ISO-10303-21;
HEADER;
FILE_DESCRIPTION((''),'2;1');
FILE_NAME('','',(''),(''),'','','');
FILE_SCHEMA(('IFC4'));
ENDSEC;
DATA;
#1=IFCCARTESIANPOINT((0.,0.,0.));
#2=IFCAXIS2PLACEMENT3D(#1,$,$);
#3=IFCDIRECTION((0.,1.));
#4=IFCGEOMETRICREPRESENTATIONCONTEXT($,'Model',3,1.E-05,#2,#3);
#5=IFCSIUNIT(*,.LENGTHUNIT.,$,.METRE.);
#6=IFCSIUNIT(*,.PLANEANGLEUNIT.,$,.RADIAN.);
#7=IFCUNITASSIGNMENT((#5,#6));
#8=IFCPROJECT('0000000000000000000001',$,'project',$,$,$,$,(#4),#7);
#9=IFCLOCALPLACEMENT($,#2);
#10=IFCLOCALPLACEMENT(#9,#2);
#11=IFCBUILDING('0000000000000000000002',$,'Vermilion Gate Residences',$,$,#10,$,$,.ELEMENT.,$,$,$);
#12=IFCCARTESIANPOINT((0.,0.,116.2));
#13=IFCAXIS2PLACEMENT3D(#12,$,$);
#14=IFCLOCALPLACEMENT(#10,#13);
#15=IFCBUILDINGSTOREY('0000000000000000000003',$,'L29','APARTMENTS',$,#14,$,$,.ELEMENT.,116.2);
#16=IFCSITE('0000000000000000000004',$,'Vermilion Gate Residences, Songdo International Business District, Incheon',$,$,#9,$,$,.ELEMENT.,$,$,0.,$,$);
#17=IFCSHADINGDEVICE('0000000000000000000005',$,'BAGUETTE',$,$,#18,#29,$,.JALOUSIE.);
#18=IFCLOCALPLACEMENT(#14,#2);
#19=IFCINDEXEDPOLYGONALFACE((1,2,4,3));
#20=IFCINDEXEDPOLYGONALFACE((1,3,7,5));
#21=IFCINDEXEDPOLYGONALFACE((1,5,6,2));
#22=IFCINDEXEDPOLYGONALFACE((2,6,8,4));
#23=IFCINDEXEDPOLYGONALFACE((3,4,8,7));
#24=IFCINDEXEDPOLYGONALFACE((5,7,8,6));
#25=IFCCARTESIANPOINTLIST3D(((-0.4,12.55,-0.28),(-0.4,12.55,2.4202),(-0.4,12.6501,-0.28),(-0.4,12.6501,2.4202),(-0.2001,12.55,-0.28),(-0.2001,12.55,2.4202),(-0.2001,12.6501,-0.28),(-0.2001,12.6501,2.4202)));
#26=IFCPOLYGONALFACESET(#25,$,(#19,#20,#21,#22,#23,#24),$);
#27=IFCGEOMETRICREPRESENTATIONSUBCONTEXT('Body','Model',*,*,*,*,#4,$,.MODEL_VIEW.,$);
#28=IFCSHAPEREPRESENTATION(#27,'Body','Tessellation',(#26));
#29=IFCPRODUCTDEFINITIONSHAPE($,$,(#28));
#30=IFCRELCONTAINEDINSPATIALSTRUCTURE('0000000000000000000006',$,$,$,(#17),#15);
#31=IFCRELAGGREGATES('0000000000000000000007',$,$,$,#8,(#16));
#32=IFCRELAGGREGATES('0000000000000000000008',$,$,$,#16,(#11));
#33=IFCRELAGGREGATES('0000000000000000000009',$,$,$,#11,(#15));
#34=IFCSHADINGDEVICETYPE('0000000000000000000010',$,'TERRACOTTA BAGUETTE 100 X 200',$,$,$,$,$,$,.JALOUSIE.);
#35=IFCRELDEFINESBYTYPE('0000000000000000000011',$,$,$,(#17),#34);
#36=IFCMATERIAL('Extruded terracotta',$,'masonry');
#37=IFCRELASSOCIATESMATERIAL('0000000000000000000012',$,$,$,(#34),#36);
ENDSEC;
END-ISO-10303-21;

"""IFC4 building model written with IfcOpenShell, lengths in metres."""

from ifc_helpers import new_model, si_unit, direction, frame, origin, origin_2d, place, context, subcontext, project, spatial, rectangle, extrude, material, material_profile, profile_set, type_object, element, save


model = new_model("IFC4")

# Units and contexts
model_context = context("Model", 3, precision=1e-05, world=origin(), true_north=direction((0.0, 1.0)))
body_context = subcontext(model_context, "Body", "Model", "MODEL_VIEW")
ifc_project = project(units=[si_unit("LENGTHUNIT", "METRE"), si_unit("PLANEANGLEUNIT", "RADIAN")], contexts=[model_context])

# Site, building, storey
site_placement = place(None, origin())
site = spatial("IfcSite", under=ifc_project, at=site_placement, Name="Vermilion Gate Residences, Songdo International Business District, Incheon", CompositionType="ELEMENT", RefElevation=0.0)
building_placement = place(site_placement, origin())
building = spatial("IfcBuilding", under=site, at=building_placement, Name="Vermilion Gate Residences", CompositionType="ELEMENT")
storey_placement = place(building_placement, frame((0.0, 0.0, 116.2)))
storey = spatial("IfcBuildingStorey", under=building, at=storey_placement, Name="L29", Description="APARTMENTS", CompositionType="ELEMENT", Elevation=116.2)

# Shading device
ifc_material_1 = material(Name="Extruded terracotta", Category="masonry")
ifc_material_profile_1 = material_profile(ifc_material_1, rectangle(XDim=0.2, YDim=0.1001, at=origin_2d()), Name="BAGUETTE 100 X 200")
ifc_profile_set_1 = profile_set([ifc_material_profile_1], Name="Extruded terracotta")
shading_device_type_1 = type_object("IfcShadingDeviceType", Name="TERRACOTTA BAGUETTE 100 X 200", PredefinedType="JALOUSIE", material=ifc_profile_set_1)
shading_device_1_placement = place(storey_placement, frame((-0.3, 12.6001, -0.28), z_axis=(0.0, 0.0, 1.0), x_axis=(1.0, 0.0, 0.0)))
element("IfcShadingDevice", 1, at=shading_device_1_placement, inside=storey, type_object=shading_device_type_1, Name="BAGUETTE", PredefinedType="JALOUSIE", context=body_context, shape_type="SweptSolid", body=[
    extrude(rectangle(XDim=0.2, YDim=0.1001, at=origin_2d()), origin(), (0.0, 0.0, 1.0), 2.7002),
])

save(model, "model.ifc")
